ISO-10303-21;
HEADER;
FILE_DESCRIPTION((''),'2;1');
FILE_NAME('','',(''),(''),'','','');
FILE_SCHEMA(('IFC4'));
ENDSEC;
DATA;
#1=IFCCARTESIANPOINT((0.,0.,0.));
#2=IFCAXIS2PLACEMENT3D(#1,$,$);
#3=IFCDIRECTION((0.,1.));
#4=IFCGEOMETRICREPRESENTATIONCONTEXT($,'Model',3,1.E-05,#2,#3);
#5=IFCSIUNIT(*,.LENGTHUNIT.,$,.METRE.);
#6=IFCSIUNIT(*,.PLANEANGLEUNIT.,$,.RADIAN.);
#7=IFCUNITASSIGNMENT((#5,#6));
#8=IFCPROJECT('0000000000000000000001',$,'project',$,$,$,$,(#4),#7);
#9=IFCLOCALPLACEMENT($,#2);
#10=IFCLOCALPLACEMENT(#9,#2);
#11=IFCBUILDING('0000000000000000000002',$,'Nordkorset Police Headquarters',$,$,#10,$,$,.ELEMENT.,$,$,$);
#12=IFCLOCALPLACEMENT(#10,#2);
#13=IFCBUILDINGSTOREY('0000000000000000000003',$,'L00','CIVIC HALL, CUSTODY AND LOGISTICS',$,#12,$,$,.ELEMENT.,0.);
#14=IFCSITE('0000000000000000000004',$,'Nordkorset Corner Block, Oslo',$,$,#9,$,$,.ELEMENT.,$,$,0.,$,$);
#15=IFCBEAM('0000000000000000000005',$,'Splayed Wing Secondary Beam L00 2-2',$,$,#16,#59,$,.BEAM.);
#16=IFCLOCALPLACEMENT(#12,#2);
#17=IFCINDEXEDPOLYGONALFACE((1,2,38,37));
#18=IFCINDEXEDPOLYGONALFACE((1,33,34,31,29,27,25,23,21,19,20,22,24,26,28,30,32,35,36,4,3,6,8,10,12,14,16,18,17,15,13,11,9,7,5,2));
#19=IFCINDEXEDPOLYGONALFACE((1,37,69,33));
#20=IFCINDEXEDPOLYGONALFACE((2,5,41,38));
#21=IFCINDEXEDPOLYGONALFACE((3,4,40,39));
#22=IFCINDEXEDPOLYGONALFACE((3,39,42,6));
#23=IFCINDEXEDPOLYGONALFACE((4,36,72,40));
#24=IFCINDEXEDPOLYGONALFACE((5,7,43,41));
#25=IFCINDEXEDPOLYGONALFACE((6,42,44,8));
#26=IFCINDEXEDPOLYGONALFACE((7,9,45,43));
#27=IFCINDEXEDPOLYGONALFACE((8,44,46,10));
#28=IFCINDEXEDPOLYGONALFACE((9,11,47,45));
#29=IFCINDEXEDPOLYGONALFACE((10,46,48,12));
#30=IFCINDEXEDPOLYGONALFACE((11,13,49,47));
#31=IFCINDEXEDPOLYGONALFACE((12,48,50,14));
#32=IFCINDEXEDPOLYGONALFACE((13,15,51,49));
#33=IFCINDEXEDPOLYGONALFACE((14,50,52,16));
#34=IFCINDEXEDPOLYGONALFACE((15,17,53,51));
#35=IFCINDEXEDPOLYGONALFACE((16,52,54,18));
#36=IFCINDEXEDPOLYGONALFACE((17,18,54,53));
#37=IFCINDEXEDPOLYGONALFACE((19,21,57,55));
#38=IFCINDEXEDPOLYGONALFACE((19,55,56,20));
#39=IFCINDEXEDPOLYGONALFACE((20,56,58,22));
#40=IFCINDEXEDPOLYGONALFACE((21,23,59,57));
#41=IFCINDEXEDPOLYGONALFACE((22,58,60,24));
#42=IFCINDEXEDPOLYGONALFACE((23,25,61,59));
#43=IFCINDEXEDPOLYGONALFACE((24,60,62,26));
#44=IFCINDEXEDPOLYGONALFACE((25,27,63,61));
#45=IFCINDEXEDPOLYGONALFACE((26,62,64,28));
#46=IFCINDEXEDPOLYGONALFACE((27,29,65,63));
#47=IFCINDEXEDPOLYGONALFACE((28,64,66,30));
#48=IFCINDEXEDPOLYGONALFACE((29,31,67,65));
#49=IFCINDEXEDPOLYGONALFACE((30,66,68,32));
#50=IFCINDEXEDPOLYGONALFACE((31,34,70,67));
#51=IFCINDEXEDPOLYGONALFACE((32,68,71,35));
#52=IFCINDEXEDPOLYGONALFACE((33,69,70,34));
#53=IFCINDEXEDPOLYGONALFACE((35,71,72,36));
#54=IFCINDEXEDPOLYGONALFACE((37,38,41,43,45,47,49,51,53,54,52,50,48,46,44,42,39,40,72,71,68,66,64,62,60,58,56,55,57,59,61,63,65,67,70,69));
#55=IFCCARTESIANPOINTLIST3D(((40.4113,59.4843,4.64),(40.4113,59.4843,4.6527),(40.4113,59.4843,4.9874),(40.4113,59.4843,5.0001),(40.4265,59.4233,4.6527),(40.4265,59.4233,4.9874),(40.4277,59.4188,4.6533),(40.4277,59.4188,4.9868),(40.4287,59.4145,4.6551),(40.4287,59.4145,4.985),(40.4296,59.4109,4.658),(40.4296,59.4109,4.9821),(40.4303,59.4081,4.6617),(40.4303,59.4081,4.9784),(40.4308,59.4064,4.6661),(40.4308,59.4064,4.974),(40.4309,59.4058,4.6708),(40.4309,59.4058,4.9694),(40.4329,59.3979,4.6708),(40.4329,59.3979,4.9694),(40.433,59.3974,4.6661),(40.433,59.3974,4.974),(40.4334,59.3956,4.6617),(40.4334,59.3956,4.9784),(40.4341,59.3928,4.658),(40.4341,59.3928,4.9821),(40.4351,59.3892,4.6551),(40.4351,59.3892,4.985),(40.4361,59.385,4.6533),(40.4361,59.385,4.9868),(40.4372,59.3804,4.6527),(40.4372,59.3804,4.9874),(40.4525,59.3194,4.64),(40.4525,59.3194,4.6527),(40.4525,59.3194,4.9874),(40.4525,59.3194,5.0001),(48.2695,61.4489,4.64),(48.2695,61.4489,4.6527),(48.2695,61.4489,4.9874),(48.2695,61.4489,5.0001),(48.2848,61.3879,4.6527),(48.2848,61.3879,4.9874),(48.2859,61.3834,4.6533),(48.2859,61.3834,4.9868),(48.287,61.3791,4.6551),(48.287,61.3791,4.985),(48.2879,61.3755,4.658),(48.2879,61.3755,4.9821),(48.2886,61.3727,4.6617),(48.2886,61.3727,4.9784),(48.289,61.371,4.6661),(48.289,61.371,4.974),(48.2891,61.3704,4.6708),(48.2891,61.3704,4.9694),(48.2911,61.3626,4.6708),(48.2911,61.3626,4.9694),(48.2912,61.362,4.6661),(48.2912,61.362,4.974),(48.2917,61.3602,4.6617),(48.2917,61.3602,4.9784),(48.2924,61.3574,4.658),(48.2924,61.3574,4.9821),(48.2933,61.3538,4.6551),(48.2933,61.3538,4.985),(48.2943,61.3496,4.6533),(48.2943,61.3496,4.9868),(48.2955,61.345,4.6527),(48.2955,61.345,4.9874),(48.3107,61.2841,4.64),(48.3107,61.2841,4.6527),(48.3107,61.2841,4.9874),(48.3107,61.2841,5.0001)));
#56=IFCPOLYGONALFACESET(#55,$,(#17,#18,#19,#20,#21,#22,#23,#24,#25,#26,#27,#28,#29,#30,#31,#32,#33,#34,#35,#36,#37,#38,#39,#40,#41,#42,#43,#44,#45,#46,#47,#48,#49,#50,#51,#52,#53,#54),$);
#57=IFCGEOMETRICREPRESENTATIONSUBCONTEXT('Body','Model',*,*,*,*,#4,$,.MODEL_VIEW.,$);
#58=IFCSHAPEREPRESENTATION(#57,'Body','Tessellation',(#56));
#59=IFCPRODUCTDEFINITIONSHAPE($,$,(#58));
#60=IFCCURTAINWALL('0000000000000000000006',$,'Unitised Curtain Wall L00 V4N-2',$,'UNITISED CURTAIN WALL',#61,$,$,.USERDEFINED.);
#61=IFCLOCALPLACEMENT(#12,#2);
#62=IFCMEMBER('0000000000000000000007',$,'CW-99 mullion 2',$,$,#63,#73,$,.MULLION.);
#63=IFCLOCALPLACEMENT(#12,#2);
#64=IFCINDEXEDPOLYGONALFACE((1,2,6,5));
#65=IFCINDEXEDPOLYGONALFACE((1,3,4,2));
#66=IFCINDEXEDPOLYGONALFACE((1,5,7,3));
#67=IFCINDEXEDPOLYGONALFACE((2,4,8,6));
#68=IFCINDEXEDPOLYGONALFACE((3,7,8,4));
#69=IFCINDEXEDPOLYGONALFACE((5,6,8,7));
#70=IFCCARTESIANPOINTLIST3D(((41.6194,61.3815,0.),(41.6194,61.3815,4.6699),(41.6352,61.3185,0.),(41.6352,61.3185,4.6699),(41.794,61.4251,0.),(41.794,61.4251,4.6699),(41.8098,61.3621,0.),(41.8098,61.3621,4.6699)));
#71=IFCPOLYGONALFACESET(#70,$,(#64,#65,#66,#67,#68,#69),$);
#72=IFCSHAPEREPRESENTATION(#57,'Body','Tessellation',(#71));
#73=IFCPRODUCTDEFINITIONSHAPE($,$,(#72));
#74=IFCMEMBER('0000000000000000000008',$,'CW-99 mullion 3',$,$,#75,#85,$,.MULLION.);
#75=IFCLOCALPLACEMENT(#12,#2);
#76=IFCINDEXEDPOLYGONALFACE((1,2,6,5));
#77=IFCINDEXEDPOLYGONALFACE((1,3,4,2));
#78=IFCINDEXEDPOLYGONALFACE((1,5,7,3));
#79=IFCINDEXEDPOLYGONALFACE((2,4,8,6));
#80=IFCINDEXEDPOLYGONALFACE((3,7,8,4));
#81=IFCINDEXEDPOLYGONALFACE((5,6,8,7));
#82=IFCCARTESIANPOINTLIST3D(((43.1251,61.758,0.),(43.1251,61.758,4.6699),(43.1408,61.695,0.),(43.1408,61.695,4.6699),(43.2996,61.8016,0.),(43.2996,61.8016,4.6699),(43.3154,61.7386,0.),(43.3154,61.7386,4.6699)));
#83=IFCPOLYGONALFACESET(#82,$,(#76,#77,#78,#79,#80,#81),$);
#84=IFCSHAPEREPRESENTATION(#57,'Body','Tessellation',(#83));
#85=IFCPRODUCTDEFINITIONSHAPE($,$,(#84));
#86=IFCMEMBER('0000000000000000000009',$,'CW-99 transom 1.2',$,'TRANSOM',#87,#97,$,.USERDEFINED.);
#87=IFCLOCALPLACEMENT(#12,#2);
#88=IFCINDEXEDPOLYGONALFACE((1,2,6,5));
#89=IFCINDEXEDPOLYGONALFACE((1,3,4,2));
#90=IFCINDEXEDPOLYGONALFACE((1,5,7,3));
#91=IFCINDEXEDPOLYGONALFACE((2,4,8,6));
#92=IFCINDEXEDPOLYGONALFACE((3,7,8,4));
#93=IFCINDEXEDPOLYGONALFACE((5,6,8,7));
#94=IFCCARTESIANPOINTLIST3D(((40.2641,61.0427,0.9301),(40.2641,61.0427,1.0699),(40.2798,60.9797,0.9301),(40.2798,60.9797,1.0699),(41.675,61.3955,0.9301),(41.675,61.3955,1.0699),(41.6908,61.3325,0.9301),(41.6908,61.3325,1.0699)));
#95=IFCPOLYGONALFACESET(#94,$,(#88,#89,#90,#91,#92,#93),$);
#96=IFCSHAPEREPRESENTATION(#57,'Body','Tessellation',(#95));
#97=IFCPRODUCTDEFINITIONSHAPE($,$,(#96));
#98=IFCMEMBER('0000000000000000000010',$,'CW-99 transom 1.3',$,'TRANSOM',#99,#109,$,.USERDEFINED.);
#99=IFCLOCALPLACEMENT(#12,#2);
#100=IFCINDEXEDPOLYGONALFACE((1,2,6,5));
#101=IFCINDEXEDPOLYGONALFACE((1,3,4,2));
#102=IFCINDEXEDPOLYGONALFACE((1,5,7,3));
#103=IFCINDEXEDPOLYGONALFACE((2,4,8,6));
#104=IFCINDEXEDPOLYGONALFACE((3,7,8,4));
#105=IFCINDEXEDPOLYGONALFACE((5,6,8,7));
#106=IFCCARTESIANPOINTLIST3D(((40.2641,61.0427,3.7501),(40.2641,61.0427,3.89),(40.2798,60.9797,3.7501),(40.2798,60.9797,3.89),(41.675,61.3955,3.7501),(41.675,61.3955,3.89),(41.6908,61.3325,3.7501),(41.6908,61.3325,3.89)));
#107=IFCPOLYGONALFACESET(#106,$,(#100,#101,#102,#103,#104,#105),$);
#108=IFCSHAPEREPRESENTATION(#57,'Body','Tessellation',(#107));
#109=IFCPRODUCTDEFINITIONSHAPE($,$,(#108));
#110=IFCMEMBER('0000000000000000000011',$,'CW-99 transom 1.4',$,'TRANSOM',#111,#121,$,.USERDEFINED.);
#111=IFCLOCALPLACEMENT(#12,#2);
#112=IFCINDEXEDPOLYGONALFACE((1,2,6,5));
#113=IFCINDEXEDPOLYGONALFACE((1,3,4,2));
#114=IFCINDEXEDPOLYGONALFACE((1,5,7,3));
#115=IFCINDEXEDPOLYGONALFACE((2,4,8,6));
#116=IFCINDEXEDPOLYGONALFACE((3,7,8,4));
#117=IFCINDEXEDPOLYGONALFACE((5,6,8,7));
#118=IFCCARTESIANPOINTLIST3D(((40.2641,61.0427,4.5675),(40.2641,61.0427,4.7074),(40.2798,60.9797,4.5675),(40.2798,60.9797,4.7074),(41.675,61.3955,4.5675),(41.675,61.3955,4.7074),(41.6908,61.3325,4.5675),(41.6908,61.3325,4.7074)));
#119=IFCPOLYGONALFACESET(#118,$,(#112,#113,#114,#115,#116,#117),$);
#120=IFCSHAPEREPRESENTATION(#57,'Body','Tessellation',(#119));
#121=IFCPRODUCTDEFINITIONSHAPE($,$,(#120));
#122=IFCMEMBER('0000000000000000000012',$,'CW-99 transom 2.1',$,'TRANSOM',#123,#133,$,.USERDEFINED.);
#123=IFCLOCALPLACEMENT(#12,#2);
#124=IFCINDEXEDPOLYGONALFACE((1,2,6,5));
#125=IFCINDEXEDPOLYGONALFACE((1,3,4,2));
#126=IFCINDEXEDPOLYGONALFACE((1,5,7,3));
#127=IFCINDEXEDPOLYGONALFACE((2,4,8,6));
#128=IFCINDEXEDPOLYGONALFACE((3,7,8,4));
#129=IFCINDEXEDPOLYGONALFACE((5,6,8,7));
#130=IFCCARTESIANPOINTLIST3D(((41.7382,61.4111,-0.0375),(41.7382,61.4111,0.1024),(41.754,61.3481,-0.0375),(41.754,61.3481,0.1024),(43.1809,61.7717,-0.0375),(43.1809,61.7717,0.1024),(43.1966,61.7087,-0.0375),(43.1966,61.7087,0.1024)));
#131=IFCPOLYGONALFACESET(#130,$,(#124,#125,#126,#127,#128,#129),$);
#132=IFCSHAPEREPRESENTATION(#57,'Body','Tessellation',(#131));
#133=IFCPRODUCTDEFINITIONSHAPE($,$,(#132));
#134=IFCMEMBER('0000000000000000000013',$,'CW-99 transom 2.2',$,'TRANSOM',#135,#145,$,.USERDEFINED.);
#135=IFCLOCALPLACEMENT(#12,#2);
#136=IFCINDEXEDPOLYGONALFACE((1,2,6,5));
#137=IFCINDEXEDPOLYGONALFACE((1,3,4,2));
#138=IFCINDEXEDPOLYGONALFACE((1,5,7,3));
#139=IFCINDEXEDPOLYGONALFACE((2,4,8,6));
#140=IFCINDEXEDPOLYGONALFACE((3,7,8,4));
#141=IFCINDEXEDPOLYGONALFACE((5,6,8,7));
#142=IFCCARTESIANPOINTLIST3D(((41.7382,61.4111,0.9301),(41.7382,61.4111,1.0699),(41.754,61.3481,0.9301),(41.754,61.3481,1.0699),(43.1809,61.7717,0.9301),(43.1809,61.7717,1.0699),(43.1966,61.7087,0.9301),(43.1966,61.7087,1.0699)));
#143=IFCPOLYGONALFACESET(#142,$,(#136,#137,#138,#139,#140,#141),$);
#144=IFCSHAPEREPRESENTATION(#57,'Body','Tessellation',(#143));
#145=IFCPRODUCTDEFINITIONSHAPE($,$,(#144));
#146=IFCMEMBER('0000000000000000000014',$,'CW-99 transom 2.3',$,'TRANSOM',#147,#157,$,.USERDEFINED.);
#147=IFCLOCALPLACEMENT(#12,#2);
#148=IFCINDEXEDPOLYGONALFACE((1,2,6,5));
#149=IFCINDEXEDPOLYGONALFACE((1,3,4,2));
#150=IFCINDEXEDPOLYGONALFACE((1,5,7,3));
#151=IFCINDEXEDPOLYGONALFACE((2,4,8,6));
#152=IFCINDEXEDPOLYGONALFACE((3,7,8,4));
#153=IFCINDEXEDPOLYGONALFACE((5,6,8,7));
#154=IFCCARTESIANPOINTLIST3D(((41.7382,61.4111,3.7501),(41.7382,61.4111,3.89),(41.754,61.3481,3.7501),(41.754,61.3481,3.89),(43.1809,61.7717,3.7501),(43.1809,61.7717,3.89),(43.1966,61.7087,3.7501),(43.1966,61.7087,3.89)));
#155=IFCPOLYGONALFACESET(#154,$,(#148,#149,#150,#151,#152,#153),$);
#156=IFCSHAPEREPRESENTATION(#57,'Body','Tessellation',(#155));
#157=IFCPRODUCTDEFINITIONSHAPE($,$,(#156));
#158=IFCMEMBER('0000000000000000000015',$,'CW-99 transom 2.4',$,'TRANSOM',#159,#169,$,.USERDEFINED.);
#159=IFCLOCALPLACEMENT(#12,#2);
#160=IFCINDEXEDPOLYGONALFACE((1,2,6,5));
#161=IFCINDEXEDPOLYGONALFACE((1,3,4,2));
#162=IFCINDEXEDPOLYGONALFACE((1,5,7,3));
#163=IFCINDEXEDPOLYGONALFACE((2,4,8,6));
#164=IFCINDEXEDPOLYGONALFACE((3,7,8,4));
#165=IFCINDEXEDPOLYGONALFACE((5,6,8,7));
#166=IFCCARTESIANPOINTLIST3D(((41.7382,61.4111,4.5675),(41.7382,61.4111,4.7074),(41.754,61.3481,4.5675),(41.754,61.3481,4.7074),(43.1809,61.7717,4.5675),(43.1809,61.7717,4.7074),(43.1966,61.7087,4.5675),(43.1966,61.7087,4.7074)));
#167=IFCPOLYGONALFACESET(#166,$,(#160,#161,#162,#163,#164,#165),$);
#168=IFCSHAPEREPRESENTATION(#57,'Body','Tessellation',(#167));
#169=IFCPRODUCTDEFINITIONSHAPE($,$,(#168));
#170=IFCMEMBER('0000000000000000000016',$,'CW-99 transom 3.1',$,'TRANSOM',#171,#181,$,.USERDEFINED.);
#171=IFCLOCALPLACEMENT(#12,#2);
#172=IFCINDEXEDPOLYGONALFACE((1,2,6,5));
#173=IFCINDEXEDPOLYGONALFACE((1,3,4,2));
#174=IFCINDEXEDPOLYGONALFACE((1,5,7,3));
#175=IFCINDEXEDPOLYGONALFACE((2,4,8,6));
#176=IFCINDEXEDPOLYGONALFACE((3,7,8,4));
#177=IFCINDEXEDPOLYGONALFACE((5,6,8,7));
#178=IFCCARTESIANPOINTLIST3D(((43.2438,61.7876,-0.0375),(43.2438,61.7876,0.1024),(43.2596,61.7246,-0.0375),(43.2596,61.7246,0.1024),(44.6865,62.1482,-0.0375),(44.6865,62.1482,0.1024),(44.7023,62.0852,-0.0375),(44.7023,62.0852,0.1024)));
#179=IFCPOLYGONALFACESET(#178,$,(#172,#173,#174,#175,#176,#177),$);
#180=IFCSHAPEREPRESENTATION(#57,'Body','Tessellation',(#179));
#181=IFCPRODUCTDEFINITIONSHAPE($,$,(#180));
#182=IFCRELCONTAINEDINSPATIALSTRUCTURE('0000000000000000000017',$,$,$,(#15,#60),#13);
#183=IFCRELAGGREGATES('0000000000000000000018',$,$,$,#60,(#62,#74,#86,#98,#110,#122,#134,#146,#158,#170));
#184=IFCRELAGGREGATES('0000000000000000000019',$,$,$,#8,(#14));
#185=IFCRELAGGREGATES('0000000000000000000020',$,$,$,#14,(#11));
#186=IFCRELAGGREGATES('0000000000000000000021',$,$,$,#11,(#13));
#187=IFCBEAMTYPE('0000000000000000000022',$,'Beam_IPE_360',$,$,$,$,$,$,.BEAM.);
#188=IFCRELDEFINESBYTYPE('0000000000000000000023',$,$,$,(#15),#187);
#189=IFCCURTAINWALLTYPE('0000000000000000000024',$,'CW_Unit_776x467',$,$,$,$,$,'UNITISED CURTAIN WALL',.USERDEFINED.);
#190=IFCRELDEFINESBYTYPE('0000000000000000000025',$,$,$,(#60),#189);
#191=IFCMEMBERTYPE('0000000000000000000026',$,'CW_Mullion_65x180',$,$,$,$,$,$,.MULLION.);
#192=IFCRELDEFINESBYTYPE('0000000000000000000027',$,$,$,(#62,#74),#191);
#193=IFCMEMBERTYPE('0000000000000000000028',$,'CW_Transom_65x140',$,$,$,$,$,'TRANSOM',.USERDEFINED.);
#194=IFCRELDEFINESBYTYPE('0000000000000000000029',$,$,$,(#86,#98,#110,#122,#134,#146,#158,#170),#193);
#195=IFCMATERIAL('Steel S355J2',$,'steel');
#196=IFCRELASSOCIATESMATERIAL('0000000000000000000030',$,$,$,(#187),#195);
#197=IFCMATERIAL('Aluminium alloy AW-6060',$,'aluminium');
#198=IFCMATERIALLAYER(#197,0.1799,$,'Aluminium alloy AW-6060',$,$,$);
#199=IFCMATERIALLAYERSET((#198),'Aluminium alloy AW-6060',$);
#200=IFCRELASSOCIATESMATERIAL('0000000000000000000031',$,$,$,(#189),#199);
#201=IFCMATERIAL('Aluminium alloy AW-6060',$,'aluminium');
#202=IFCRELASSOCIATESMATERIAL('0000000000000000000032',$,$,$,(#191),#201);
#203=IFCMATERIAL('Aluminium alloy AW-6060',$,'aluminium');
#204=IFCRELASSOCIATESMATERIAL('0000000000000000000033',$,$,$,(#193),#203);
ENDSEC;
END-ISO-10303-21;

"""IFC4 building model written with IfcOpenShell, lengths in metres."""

from ifc_helpers import new_model, si_unit, direction, frame, origin, origin_2d, place, context, subcontext, project, spatial, rectangle, i_section, extrude, material, layer, layer_set, material_profile, profile_set, type_object, element, aggregate, save


model = new_model("IFC4")

# Units and contexts
model_context = context("Model", 3, precision=1e-05, world=origin(), true_north=direction((0.0, 1.0)))
body_context = subcontext(model_context, "Body", "Model", "MODEL_VIEW")
ifc_project = project(units=[si_unit("LENGTHUNIT", "METRE"), si_unit("PLANEANGLEUNIT", "RADIAN")], contexts=[model_context])

# Site, building, storey
site_placement = place(None, origin())
site = spatial("IfcSite", under=ifc_project, at=site_placement, Name="Nordkorset Corner Block, Oslo", CompositionType="ELEMENT", RefElevation=0.0)
building_placement = place(site_placement, origin())
building = spatial("IfcBuilding", under=site, at=building_placement, Name="Nordkorset Police Headquarters", CompositionType="ELEMENT")
storey_placement = place(building_placement, origin())
storey = spatial("IfcBuildingStorey", under=building, at=storey_placement, Name="L00", Description="CIVIC HALL, CUSTODY AND LOGISTICS", CompositionType="ELEMENT", Elevation=0.0)

# Beam
ifc_material_1 = material(Name="Steel S355J2", Category="steel")
ifc_material_profile_1 = material_profile(ifc_material_1, i_section(OverallWidth=0.1699, OverallDepth=0.3601, WebThickness=0.0081, FlangeThickness=0.0127, FilletRadius=0.0181, at=origin_2d()), Name="IPE 360")
ifc_profile_set_1 = profile_set([ifc_material_profile_1], Name="Steel S355J2")
beam_type = type_object("IfcBeamType", Name="Beam_IPE_360", PredefinedType="BEAM", material=ifc_profile_set_1)
beam_placement = place(storey_placement, frame((40.4319, 59.4019, 4.8201), z_axis=(0.970141, 0.242543, 0.0), x_axis=(-0.242543, 0.970141, 0.0)))
element("IfcBeam", 1, at=beam_placement, inside=storey, type_object=beam_type, Name="Splayed Wing Secondary Beam L00 2-2", PredefinedType="BEAM", context=body_context, shape_type="SweptSolid", body=[
    extrude(i_section(OverallWidth=0.1699, OverallDepth=0.3601, WebThickness=0.0081, FlangeThickness=0.0127, FilletRadius=0.0181, at=origin_2d()), origin(), (0.0, 0.0, 1.0), 8.1001),
])

# Curtain wall, members
ifc_material_2 = material(Name="Aluminium alloy AW-6060", Category="aluminium")
ifc_layer_1 = layer(ifc_material_2, 0.1799, Name="Aluminium alloy AW-6060")
ifc_layer_set_1 = layer_set([ifc_layer_1], Name="Aluminium alloy AW-6060")
curtain_wall_type = type_object("IfcCurtainWallType", Name="CW_Unit_776x467", ElementType="UNITISED CURTAIN WALL", PredefinedType="USERDEFINED", material=ifc_layer_set_1)
curtain_wall_placement = place(storey_placement, origin())
curtain_wall = element("IfcCurtainWall", 2, at=curtain_wall_placement, inside=storey, type_object=curtain_wall_type, Name="Unitised Curtain Wall L00 V4N-2", ObjectType="UNITISED CURTAIN WALL", PredefinedType="USERDEFINED")
ifc_material_3 = material(Name="Aluminium alloy AW-6060", Category="aluminium")
ifc_material_profile_2 = material_profile(ifc_material_3, rectangle(XDim=0.0649, YDim=0.1799, at=origin_2d()), Name="ALU MULL 65x180")
ifc_profile_set_2 = profile_set([ifc_material_profile_2], Name="Aluminium alloy AW-6060")
member_type_1 = type_object("IfcMemberType", Name="CW_Mullion_65x180", PredefinedType="MULLION", material=ifc_profile_set_2)
member_1_placement = place(storey_placement, frame((41.7146, 61.3718, 0.0), z_axis=(0.0, 0.0, 1.0), x_axis=(-0.242536, 0.970142, 0.0)))
member_1 = element("IfcMember", 3, at=member_1_placement, type_object=member_type_1, Name="CW-99 mullion 2", PredefinedType="MULLION", context=body_context, shape_type="SweptSolid", body=[
    extrude(rectangle(XDim=0.0649, YDim=0.1799, at=origin_2d()), origin(), (0.0, 0.0, 1.0), 4.6699),
])
member_2_placement = place(storey_placement, frame((43.2202, 61.7483, 0.0), z_axis=(0.0, 0.0, 1.0), x_axis=(-0.242536, 0.970142, 0.0)))
member_2 = element("IfcMember", 4, at=member_2_placement, type_object=member_type_1, Name="CW-99 mullion 3", PredefinedType="MULLION", context=body_context, shape_type="SweptSolid", body=[
    extrude(rectangle(XDim=0.0649, YDim=0.1799, at=origin_2d()), origin(), (0.0, 0.0, 1.0), 4.6699),
])
ifc_material_4 = material(Name="Aluminium alloy AW-6060", Category="aluminium")
ifc_material_profile_3 = material_profile(ifc_material_4, rectangle(XDim=0.0649, YDim=0.1399, at=origin_2d()), Name="ALU TRAN 65x140")
ifc_profile_set_3 = profile_set([ifc_material_profile_3], Name="Aluminium alloy AW-6060")
member_type_2 = type_object("IfcMemberType", Name="CW_Transom_65x140", ElementType="TRANSOM", PredefinedType="USERDEFINED", material=ifc_profile_set_3)
member_3_placement = place(storey_placement, frame((40.272, 61.0112, 1.0), z_axis=(0.970133, 0.242575, 0.0), x_axis=(-0.242575, 0.970133, 0.0)))
member_3 = element("IfcMember", 5, at=member_3_placement, type_object=member_type_2, Name="CW-99 transom 1.2", ObjectType="TRANSOM", PredefinedType="USERDEFINED", context=body_context, shape_type="SweptSolid", body=[
    extrude(rectangle(XDim=0.0649, YDim=0.1399, at=origin_2d()), origin(), (0.0, 0.0, 1.0), 1.4543),
])
member_4_placement = place(storey_placement, frame((40.272, 61.0112, 3.8201), z_axis=(0.970133, 0.242575, 0.0), x_axis=(-0.242575, 0.970133, 0.0)))
member_4 = element("IfcMember", 6, at=member_4_placement, type_object=member_type_2, Name="CW-99 transom 1.3", ObjectType="TRANSOM", PredefinedType="USERDEFINED", context=body_context, shape_type="SweptSolid", body=[
    extrude(rectangle(XDim=0.0649, YDim=0.1399, at=origin_2d()), origin(), (0.0, 0.0, 1.0), 1.4543),
])
member_5_placement = place(storey_placement, frame((40.272, 61.0112, 4.6375), z_axis=(0.970133, 0.242575, 0.0), x_axis=(-0.242575, 0.970133, 0.0)))
member_5 = element("IfcMember", 7, at=member_5_placement, type_object=member_type_2, Name="CW-99 transom 1.4", ObjectType="TRANSOM", PredefinedType="USERDEFINED", context=body_context, shape_type="SweptSolid", body=[
    extrude(rectangle(XDim=0.0649, YDim=0.1399, at=origin_2d()), origin(), (0.0, 0.0, 1.0), 1.4543),
])
member_6_placement = place(storey_placement, frame((41.7461, 61.3796, 0.0325), z_axis=(0.970152, 0.242497, 0.0), x_axis=(-0.242497, 0.970152, 0.0)))
member_6 = element("IfcMember", 8, at=member_6_placement, type_object=member_type_2, Name="CW-99 transom 2.1", ObjectType="TRANSOM", PredefinedType="USERDEFINED", context=body_context, shape_type="SweptSolid", body=[
    extrude(rectangle(XDim=0.0649, YDim=0.1399, at=origin_2d()), origin(), (0.0, 0.0, 1.0), 1.4871),
])
member_7_placement = place(storey_placement, frame((41.7461, 61.3796, 1.0), z_axis=(0.970152, 0.242497, 0.0), x_axis=(-0.242497, 0.970152, 0.0)))
member_7 = element("IfcMember", 9, at=member_7_placement, type_object=member_type_2, Name="CW-99 transom 2.2", ObjectType="TRANSOM", PredefinedType="USERDEFINED", context=body_context, shape_type="SweptSolid", body=[
    extrude(rectangle(XDim=0.0649, YDim=0.1399, at=origin_2d()), origin(), (0.0, 0.0, 1.0), 1.4871),
])
member_8_placement = place(storey_placement, frame((41.7461, 61.3796, 3.8201), z_axis=(0.970152, 0.242497, 0.0), x_axis=(-0.242497, 0.970152, 0.0)))
member_8 = element("IfcMember", 10, at=member_8_placement, type_object=member_type_2, Name="CW-99 transom 2.3", ObjectType="TRANSOM", PredefinedType="USERDEFINED", context=body_context, shape_type="SweptSolid", body=[
    extrude(rectangle(XDim=0.0649, YDim=0.1399, at=origin_2d()), origin(), (0.0, 0.0, 1.0), 1.4871),
])
member_9_placement = place(storey_placement, frame((41.7461, 61.3796, 4.6375), z_axis=(0.970152, 0.242497, 0.0), x_axis=(-0.242497, 0.970152, 0.0)))
member_9 = element("IfcMember", 11, at=member_9_placement, type_object=member_type_2, Name="CW-99 transom 2.4", ObjectType="TRANSOM", PredefinedType="USERDEFINED", context=body_context, shape_type="SweptSolid", body=[
    extrude(rectangle(XDim=0.0649, YDim=0.1399, at=origin_2d()), origin(), (0.0, 0.0, 1.0), 1.4871),
])
member_10_placement = place(storey_placement, frame((43.2517, 61.7561, 0.0325), z_axis=(0.970152, 0.242497, 0.0), x_axis=(-0.242497, 0.970152, 0.0)))
member_10 = element("IfcMember", 12, at=member_10_placement, type_object=member_type_2, Name="CW-99 transom 3.1", ObjectType="TRANSOM", PredefinedType="USERDEFINED", context=body_context, shape_type="SweptSolid", body=[
    extrude(rectangle(XDim=0.0649, YDim=0.1399, at=origin_2d()), origin(), (0.0, 0.0, 1.0), 1.4871),
])
aggregate(curtain_wall, [member_1, member_2, member_3, member_4, member_5, member_6, member_7, member_8, member_9, member_10])

save(model, "model.ifc")
